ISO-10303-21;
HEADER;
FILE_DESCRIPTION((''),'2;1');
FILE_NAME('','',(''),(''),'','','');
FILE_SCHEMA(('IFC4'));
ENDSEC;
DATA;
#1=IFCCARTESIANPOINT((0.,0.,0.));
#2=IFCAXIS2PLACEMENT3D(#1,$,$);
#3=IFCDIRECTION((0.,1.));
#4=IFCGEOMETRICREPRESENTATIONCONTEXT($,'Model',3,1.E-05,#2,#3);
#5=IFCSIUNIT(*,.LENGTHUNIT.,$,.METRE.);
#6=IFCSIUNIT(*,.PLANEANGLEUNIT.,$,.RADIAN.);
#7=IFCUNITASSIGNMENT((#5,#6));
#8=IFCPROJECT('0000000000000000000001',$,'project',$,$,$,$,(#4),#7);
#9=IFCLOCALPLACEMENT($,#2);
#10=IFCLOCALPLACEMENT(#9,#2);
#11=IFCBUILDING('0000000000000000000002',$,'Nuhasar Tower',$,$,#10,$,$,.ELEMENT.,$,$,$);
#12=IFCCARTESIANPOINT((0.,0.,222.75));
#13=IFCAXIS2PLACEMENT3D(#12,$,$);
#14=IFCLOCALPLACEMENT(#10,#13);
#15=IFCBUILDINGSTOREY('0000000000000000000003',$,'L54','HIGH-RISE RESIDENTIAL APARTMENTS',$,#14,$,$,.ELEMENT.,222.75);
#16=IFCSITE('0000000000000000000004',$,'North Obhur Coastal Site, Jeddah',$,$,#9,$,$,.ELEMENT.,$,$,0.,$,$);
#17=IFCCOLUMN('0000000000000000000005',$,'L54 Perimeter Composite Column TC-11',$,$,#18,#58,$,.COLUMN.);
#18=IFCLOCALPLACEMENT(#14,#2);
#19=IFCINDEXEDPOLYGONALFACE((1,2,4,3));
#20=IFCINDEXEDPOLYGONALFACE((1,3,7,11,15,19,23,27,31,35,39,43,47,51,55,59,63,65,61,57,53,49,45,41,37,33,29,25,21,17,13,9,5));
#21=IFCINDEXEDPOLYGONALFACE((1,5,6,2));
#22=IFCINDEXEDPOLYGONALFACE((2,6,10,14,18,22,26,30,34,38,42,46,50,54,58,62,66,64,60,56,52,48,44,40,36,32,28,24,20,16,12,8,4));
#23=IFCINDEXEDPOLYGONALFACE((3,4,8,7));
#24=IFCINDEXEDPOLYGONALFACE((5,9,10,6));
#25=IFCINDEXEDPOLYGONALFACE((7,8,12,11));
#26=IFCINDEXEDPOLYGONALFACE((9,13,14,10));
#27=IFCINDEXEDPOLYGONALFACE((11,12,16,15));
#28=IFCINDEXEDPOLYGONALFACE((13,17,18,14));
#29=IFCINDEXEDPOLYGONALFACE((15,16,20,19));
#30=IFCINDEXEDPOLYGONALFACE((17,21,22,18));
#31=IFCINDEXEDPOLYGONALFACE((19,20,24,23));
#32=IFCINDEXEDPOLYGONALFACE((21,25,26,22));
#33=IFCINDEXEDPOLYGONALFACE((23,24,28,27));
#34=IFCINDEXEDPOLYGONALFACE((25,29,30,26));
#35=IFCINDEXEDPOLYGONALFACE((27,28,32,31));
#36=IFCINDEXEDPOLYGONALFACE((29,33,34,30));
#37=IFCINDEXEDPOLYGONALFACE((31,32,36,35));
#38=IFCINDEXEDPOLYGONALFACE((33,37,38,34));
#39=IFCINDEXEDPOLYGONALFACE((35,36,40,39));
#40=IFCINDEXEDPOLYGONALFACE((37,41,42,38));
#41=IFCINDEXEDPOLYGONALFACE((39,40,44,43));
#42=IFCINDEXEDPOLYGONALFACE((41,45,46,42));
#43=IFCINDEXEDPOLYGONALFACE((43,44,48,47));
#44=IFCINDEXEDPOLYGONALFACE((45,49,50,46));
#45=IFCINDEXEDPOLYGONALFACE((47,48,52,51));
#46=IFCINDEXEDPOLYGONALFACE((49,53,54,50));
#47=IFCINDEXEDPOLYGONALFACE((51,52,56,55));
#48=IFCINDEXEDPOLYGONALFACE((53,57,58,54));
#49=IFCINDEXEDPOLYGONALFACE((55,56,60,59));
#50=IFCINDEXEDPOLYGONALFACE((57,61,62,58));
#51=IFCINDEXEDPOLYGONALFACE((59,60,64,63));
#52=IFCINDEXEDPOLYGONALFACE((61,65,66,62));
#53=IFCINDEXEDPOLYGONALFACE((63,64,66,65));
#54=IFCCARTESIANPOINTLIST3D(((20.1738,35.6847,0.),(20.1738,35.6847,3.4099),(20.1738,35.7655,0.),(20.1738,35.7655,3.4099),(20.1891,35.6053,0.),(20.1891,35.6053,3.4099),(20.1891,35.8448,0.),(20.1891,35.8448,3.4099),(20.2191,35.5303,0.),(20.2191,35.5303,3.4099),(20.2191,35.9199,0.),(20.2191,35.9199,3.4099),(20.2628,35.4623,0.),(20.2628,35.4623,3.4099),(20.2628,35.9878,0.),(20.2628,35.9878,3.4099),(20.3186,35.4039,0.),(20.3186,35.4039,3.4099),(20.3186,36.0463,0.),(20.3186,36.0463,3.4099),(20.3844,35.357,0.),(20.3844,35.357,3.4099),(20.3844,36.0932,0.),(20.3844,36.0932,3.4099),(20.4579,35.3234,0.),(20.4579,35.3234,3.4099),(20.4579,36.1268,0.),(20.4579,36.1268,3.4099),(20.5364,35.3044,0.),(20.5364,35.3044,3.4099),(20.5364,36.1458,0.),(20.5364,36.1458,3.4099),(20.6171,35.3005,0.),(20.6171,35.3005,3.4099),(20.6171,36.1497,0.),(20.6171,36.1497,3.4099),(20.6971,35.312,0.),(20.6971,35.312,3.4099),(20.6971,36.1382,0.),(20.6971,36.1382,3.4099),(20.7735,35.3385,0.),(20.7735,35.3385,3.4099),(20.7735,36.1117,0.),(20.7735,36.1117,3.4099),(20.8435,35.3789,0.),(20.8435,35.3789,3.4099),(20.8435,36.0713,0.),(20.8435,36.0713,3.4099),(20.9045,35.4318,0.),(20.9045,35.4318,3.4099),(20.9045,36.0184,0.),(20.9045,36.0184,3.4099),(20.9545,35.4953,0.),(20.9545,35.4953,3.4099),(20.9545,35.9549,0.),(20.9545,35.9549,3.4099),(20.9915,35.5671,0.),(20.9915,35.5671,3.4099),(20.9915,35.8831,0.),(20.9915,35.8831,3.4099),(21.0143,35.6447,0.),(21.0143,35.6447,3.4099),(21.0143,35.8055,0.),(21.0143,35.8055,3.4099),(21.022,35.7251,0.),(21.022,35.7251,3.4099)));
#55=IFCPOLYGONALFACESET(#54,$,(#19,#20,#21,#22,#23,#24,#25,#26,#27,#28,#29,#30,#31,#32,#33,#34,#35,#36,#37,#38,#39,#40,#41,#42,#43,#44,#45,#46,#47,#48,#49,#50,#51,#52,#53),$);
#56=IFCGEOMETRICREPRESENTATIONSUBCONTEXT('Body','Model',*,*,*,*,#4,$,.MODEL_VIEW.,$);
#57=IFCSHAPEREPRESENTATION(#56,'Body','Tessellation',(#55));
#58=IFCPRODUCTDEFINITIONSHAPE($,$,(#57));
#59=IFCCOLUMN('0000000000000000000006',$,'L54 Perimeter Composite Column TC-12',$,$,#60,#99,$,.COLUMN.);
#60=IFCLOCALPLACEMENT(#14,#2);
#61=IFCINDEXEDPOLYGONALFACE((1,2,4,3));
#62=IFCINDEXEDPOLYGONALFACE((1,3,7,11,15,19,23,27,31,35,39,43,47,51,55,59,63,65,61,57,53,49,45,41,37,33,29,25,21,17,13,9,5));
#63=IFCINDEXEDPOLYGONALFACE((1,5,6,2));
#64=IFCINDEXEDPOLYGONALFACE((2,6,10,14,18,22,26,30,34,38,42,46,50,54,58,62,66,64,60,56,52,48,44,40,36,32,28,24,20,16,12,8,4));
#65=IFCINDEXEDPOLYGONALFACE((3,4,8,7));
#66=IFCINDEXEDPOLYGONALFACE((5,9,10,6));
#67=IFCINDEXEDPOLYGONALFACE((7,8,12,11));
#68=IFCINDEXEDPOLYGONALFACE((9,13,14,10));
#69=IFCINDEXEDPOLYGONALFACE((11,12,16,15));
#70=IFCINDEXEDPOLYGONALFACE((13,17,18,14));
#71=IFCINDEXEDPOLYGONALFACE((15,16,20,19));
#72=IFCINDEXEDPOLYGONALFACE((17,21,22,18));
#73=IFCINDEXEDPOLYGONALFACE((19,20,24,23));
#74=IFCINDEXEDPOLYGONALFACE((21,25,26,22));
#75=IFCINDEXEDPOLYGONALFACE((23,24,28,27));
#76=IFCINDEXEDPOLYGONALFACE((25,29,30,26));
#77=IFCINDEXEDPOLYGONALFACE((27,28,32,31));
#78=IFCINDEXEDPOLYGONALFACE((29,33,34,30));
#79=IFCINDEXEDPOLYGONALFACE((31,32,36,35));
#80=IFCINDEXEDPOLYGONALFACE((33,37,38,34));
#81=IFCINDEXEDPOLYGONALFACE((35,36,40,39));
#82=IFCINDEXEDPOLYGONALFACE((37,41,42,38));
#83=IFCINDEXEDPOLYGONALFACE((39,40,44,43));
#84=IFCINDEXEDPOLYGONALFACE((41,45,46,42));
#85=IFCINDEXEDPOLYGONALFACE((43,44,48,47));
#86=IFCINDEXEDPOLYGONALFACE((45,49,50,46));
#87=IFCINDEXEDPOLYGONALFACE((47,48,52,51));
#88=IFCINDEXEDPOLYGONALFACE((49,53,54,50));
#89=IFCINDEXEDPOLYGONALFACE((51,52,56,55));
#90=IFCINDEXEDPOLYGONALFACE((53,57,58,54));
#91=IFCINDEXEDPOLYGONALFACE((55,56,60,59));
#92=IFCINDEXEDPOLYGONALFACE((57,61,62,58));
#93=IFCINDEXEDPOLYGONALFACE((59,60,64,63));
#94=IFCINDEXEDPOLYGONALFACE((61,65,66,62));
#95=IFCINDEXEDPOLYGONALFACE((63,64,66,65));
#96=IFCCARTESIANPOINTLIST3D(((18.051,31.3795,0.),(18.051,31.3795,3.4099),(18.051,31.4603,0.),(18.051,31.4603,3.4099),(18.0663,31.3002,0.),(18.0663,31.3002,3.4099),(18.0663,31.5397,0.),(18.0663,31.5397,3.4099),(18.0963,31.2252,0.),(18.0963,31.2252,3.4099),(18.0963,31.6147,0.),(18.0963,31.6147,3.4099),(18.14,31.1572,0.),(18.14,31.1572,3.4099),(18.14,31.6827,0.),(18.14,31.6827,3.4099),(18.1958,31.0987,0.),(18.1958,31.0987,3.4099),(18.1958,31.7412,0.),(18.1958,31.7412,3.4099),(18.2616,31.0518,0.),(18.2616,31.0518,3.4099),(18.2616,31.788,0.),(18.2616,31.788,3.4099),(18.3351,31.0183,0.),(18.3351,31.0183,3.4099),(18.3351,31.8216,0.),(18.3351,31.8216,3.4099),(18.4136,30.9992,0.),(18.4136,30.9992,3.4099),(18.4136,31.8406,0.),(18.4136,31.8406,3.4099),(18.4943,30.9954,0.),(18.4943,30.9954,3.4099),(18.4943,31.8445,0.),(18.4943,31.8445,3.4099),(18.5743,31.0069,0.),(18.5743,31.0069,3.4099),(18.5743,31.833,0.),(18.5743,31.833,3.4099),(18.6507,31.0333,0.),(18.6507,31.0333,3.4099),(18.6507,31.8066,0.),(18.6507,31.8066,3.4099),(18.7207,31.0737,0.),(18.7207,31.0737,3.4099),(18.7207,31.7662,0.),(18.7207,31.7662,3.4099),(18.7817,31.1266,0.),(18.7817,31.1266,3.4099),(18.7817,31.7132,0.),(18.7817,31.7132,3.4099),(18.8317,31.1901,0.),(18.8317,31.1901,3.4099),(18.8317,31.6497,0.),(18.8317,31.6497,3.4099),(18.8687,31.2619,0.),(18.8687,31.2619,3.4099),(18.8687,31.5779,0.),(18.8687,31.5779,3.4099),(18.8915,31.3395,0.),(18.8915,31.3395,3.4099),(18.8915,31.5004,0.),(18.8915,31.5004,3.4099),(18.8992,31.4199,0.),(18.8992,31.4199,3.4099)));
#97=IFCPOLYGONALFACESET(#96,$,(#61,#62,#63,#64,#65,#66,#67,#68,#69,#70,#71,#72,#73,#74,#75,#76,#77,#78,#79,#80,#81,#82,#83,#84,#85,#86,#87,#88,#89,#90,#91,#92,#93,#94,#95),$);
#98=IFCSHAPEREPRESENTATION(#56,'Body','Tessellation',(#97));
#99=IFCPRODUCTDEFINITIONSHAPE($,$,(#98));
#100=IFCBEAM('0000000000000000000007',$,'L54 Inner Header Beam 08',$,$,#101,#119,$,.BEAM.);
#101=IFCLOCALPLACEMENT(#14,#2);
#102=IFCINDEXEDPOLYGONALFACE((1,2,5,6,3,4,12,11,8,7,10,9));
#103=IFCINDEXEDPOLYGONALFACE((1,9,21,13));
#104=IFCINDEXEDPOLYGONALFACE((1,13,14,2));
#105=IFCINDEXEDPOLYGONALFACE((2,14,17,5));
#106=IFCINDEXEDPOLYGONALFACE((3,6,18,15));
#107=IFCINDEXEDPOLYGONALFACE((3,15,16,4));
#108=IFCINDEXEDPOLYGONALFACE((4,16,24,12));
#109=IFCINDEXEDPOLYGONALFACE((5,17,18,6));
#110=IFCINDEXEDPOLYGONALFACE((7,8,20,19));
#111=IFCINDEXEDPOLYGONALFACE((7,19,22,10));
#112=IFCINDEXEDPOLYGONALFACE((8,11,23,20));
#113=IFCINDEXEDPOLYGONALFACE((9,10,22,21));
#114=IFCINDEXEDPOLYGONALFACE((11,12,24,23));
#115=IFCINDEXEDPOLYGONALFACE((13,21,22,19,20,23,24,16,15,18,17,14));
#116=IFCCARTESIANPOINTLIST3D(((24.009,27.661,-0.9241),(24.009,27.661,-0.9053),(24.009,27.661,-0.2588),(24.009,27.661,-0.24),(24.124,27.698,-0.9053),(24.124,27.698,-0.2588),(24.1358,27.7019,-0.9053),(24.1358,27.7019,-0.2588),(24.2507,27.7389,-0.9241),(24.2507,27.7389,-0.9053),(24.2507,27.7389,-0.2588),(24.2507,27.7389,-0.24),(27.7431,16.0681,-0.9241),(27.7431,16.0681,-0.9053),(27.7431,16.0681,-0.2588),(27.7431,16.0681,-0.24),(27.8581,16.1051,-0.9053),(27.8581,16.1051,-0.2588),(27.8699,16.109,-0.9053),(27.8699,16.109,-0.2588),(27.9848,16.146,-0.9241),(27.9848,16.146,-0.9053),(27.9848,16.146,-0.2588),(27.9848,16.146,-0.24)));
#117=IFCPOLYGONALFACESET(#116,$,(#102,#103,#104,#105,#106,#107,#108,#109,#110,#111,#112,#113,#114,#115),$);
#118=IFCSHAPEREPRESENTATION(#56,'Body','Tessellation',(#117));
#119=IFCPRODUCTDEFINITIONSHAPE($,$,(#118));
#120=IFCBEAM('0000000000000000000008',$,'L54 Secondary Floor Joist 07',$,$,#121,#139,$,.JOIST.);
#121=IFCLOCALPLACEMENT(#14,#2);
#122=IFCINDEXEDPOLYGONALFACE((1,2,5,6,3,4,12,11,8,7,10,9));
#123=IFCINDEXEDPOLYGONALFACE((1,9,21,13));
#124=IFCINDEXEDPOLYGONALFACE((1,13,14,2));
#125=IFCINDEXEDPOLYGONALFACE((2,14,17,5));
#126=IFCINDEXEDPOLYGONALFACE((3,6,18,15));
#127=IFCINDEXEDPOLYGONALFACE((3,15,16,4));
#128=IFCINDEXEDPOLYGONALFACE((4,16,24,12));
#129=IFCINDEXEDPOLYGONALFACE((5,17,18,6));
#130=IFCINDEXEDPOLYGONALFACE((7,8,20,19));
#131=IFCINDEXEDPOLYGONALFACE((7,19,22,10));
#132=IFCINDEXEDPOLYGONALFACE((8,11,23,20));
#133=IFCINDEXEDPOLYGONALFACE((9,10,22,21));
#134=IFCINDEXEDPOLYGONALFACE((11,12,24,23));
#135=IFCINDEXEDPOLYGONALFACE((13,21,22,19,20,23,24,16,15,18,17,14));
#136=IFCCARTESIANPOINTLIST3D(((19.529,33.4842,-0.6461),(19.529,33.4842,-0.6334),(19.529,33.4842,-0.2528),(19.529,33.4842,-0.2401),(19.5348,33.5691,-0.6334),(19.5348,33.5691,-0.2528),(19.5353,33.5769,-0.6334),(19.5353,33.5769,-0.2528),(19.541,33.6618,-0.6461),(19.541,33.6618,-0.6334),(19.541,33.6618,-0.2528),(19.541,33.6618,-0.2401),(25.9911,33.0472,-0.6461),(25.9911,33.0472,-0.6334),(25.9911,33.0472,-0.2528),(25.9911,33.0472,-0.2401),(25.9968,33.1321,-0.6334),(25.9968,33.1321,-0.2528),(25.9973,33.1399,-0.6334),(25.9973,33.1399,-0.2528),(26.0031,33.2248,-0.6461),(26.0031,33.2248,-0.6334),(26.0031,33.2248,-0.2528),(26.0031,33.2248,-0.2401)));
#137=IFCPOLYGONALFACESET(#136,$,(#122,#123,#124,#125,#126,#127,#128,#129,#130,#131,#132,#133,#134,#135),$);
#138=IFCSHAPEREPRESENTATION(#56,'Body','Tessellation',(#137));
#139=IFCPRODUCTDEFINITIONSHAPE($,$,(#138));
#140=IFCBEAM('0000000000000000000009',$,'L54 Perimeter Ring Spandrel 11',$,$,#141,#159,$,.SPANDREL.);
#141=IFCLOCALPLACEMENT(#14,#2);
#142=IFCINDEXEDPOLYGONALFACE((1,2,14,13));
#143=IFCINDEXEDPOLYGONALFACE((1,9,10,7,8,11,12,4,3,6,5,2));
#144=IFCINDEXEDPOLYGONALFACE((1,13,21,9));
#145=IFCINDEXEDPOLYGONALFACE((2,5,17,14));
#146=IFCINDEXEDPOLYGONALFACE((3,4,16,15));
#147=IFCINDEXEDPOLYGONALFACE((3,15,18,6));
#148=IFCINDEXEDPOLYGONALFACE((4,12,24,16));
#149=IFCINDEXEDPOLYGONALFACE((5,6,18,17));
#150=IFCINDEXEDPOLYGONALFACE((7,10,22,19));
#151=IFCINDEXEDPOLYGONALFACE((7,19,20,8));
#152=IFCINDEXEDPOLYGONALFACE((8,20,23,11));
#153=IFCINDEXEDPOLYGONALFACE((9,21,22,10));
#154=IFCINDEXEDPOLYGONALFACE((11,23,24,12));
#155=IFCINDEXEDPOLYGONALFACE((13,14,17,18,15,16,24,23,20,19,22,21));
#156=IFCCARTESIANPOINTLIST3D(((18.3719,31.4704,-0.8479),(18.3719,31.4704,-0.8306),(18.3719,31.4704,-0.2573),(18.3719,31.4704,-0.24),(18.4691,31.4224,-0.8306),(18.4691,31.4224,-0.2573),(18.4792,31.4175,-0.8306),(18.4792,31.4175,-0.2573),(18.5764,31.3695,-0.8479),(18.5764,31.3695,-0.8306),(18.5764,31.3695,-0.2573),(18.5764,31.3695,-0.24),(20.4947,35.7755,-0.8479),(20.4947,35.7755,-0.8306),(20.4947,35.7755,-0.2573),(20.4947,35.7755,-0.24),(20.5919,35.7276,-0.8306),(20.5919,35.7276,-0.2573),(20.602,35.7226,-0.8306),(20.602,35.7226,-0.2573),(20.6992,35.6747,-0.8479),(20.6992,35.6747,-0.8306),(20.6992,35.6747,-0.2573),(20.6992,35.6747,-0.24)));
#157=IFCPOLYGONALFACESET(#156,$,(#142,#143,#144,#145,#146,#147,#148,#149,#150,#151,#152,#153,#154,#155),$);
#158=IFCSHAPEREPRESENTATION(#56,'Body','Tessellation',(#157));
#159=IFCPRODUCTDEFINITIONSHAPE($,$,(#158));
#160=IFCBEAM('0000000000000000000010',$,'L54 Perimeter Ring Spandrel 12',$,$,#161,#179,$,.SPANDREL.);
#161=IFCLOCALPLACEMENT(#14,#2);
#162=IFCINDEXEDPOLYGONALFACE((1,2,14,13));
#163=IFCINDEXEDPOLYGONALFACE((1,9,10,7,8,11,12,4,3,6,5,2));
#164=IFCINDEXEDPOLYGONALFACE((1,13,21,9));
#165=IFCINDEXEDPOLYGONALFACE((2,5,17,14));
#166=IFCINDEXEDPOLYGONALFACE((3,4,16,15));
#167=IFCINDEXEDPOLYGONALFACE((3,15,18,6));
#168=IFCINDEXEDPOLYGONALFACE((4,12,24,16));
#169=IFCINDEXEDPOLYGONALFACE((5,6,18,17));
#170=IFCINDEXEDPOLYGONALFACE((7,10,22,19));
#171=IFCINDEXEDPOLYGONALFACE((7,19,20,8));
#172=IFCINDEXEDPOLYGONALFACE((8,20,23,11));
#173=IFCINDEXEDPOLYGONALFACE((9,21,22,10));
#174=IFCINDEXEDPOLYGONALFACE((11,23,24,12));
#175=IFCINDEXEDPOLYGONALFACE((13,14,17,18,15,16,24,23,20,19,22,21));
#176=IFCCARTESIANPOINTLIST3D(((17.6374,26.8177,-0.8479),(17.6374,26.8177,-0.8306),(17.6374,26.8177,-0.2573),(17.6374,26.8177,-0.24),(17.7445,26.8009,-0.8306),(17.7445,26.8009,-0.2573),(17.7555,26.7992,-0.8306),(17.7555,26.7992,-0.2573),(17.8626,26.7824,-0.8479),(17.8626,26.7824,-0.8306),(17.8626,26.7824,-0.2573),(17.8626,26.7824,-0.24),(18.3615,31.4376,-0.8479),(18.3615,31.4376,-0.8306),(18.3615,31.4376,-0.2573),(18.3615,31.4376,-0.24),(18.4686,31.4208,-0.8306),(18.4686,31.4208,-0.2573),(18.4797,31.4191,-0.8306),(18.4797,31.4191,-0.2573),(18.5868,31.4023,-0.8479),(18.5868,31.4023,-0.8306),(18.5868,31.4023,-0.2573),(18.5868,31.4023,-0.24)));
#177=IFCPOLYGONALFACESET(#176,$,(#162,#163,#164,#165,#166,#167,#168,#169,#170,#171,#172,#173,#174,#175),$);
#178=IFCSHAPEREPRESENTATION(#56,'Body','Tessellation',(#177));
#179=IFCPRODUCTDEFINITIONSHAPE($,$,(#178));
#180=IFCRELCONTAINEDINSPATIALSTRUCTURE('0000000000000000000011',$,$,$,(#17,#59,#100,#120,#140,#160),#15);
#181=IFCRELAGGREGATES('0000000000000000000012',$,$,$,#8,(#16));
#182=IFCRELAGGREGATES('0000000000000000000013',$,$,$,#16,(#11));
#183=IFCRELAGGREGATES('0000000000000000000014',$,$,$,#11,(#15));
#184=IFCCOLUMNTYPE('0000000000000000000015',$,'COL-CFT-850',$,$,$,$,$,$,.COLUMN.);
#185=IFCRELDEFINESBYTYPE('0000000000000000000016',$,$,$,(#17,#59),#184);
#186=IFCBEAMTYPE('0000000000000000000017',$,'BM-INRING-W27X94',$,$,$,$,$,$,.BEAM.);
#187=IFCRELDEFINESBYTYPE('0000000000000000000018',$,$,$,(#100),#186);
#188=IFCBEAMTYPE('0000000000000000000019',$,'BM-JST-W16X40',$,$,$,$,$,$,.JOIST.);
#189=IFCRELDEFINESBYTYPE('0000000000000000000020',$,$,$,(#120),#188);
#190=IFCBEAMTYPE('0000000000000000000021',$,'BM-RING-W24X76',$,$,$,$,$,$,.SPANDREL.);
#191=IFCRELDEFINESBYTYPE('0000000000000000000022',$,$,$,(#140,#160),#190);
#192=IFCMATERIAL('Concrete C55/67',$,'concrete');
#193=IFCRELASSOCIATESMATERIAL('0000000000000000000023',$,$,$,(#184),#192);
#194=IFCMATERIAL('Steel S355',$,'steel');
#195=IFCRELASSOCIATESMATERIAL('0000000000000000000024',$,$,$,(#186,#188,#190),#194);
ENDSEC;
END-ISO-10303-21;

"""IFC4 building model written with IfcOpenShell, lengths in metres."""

from ifc_helpers import new_model, si_unit, direction, frame, origin, origin_2d, place, context, subcontext, project, spatial, circle, i_section, extrude, material, material_profile, profile_set, type_object, element, save


model = new_model("IFC4")

# Units and contexts
model_context = context("Model", 3, precision=1e-05, world=origin(), true_north=direction((0.0, 1.0)))
body_context = subcontext(model_context, "Body", "Model", "MODEL_VIEW")
ifc_project = project(units=[si_unit("LENGTHUNIT", "METRE"), si_unit("PLANEANGLEUNIT", "RADIAN")], contexts=[model_context])

# Site, building, storey
site_placement = place(None, origin())
site = spatial("IfcSite", under=ifc_project, at=site_placement, Name="North Obhur Coastal Site, Jeddah", CompositionType="ELEMENT", RefElevation=0.0)
building_placement = place(site_placement, origin())
building = spatial("IfcBuilding", under=site, at=building_placement, Name="Nuhasar Tower", CompositionType="ELEMENT")
storey_placement = place(building_placement, frame((0.0, 0.0, 222.75)))
storey = spatial("IfcBuildingStorey", under=building, at=storey_placement, Name="L54", Description="HIGH-RISE RESIDENTIAL APARTMENTS", CompositionType="ELEMENT", Elevation=222.75)

# Columns
ifc_material_1 = material(Name="Concrete C55/67", Category="concrete")
ifc_material_profile_1 = material_profile(ifc_material_1, circle(Radius=0.425, at=origin_2d()), Name="CFT850")
ifc_profile_set_1 = profile_set([ifc_material_profile_1], Name="Concrete C55/67")
column_type = type_object("IfcColumnType", Name="COL-CFT-850", PredefinedType="COLUMN", material=ifc_profile_set_1)
for number, where, z_axis, x_axis, name in (
    (1, (20.5969, 35.7251, 0.0), (0.0, 0.0, 1.0), (1.0, 0.0, 0.0), "L54 Perimeter Composite Column TC-11"),
    (2, (18.4741, 31.4199, 0.0), (0.0, 0.0, 1.0), (1.0, 0.0, 0.0), "L54 Perimeter Composite Column TC-12"),
):
    element("IfcColumn", number, at=place(storey_placement, frame(where, z_axis=z_axis, x_axis=x_axis)), inside=storey, type_object=column_type, Name=name, PredefinedType="COLUMN", context=body_context, shape_type="SweptSolid", body=[
        extrude(circle(Radius=0.425, at=origin_2d()), origin(), (0.0, 0.0, 1.0), 3.4099),
    ])

# Beams
ifc_material_2 = material(Name="Steel S355", Category="steel")
ifc_material_profile_2 = material_profile(ifc_material_2, i_section(OverallWidth=0.2539, OverallDepth=0.6841, WebThickness=0.0125, FlangeThickness=0.0188, at=origin_2d()), Name="W27X94")
ifc_profile_set_2 = profile_set([ifc_material_profile_2], Name="Steel S355")
beam_type_1 = type_object("IfcBeamType", Name="BM-INRING-W27X94", PredefinedType="BEAM", material=ifc_profile_set_2)
beam_1_placement = place(storey_placement, frame((24.1299, 27.7, -0.582), z_axis=(0.30659, -0.951842, 0.0), x_axis=(0.951842, 0.30659, 0.0)))
element("IfcBeam", 3, at=beam_1_placement, inside=storey, type_object=beam_type_1, Name="L54 Inner Header Beam 08", PredefinedType="BEAM", context=body_context, shape_type="SweptSolid", body=[
    extrude(i_section(OverallWidth=0.2539, OverallDepth=0.6841, WebThickness=0.0125, FlangeThickness=0.0188, at=origin_2d()), origin(), (0.0, 0.0, 1.0), 12.1794),
])
ifc_material_profile_3 = material_profile(ifc_material_2, i_section(OverallWidth=0.178, OverallDepth=0.406, WebThickness=0.0078, FlangeThickness=0.0127, at=origin_2d()), Name="W16X40")
ifc_profile_set_3 = profile_set([ifc_material_profile_3], Name="Steel S355")
beam_type_2 = type_object("IfcBeamType", Name="BM-JST-W16X40", PredefinedType="JOIST", material=ifc_profile_set_3)
beam_2_placement = place(storey_placement, frame((25.9971, 33.136, -0.4431), z_axis=(-0.997721, 0.067472, 0.0), x_axis=(-0.067472, -0.997721, 0.0)))
element("IfcBeam", 4, at=beam_2_placement, inside=storey, type_object=beam_type_2, Name="L54 Secondary Floor Joist 07", PredefinedType="JOIST", context=body_context, shape_type="SweptSolid", body=[
    extrude(i_section(OverallWidth=0.178, OverallDepth=0.406, WebThickness=0.0078, FlangeThickness=0.0127, at=origin_2d()), origin(), (0.0, 0.0, 1.0), 6.4768),
])
ifc_material_profile_4 = material_profile(ifc_material_2, i_section(OverallWidth=0.228, OverallDepth=0.6079, WebThickness=0.0112, FlangeThickness=0.0173, at=origin_2d()), Name="W24X76")
ifc_profile_set_4 = profile_set([ifc_material_profile_4], Name="Steel S355")
beam_type_3 = type_object("IfcBeamType", Name="BM-RING-W24X76", PredefinedType="SPANDREL", material=ifc_profile_set_4)
beam_3_placement = place(storey_placement, frame((20.5969, 35.7251, -0.5439), z_axis=(-0.442243, -0.896895, 0.0), x_axis=(0.896895, -0.442243, 0.0)))
element("IfcBeam", 5, at=beam_3_placement, inside=storey, type_object=beam_type_3, Name="L54 Perimeter Ring Spandrel 11", PredefinedType="SPANDREL", context=body_context, shape_type="SweptSolid", body=[
    extrude(i_section(OverallWidth=0.228, OverallDepth=0.6079, WebThickness=0.0112, FlangeThickness=0.0173, at=origin_2d()), origin(), (0.0, 0.0, 1.0), 4.8),
])
beam_4_placement = place(storey_placement, frame((18.4741, 31.4199, -0.5439), z_axis=(-0.15485, -0.987938, 0.0), x_axis=(0.987938, -0.15485, 0.0)))
element("IfcBeam", 6, at=beam_4_placement, inside=storey, type_object=beam_type_3, Name="L54 Perimeter Ring Spandrel 12", PredefinedType="SPANDREL", context=body_context, shape_type="SweptSolid", body=[
    extrude(i_section(OverallWidth=0.228, OverallDepth=0.6079, WebThickness=0.0112, FlangeThickness=0.0173, at=origin_2d()), origin(), (0.0, 0.0, 1.0), 4.6763),
])

save(model, "model.ifc")
